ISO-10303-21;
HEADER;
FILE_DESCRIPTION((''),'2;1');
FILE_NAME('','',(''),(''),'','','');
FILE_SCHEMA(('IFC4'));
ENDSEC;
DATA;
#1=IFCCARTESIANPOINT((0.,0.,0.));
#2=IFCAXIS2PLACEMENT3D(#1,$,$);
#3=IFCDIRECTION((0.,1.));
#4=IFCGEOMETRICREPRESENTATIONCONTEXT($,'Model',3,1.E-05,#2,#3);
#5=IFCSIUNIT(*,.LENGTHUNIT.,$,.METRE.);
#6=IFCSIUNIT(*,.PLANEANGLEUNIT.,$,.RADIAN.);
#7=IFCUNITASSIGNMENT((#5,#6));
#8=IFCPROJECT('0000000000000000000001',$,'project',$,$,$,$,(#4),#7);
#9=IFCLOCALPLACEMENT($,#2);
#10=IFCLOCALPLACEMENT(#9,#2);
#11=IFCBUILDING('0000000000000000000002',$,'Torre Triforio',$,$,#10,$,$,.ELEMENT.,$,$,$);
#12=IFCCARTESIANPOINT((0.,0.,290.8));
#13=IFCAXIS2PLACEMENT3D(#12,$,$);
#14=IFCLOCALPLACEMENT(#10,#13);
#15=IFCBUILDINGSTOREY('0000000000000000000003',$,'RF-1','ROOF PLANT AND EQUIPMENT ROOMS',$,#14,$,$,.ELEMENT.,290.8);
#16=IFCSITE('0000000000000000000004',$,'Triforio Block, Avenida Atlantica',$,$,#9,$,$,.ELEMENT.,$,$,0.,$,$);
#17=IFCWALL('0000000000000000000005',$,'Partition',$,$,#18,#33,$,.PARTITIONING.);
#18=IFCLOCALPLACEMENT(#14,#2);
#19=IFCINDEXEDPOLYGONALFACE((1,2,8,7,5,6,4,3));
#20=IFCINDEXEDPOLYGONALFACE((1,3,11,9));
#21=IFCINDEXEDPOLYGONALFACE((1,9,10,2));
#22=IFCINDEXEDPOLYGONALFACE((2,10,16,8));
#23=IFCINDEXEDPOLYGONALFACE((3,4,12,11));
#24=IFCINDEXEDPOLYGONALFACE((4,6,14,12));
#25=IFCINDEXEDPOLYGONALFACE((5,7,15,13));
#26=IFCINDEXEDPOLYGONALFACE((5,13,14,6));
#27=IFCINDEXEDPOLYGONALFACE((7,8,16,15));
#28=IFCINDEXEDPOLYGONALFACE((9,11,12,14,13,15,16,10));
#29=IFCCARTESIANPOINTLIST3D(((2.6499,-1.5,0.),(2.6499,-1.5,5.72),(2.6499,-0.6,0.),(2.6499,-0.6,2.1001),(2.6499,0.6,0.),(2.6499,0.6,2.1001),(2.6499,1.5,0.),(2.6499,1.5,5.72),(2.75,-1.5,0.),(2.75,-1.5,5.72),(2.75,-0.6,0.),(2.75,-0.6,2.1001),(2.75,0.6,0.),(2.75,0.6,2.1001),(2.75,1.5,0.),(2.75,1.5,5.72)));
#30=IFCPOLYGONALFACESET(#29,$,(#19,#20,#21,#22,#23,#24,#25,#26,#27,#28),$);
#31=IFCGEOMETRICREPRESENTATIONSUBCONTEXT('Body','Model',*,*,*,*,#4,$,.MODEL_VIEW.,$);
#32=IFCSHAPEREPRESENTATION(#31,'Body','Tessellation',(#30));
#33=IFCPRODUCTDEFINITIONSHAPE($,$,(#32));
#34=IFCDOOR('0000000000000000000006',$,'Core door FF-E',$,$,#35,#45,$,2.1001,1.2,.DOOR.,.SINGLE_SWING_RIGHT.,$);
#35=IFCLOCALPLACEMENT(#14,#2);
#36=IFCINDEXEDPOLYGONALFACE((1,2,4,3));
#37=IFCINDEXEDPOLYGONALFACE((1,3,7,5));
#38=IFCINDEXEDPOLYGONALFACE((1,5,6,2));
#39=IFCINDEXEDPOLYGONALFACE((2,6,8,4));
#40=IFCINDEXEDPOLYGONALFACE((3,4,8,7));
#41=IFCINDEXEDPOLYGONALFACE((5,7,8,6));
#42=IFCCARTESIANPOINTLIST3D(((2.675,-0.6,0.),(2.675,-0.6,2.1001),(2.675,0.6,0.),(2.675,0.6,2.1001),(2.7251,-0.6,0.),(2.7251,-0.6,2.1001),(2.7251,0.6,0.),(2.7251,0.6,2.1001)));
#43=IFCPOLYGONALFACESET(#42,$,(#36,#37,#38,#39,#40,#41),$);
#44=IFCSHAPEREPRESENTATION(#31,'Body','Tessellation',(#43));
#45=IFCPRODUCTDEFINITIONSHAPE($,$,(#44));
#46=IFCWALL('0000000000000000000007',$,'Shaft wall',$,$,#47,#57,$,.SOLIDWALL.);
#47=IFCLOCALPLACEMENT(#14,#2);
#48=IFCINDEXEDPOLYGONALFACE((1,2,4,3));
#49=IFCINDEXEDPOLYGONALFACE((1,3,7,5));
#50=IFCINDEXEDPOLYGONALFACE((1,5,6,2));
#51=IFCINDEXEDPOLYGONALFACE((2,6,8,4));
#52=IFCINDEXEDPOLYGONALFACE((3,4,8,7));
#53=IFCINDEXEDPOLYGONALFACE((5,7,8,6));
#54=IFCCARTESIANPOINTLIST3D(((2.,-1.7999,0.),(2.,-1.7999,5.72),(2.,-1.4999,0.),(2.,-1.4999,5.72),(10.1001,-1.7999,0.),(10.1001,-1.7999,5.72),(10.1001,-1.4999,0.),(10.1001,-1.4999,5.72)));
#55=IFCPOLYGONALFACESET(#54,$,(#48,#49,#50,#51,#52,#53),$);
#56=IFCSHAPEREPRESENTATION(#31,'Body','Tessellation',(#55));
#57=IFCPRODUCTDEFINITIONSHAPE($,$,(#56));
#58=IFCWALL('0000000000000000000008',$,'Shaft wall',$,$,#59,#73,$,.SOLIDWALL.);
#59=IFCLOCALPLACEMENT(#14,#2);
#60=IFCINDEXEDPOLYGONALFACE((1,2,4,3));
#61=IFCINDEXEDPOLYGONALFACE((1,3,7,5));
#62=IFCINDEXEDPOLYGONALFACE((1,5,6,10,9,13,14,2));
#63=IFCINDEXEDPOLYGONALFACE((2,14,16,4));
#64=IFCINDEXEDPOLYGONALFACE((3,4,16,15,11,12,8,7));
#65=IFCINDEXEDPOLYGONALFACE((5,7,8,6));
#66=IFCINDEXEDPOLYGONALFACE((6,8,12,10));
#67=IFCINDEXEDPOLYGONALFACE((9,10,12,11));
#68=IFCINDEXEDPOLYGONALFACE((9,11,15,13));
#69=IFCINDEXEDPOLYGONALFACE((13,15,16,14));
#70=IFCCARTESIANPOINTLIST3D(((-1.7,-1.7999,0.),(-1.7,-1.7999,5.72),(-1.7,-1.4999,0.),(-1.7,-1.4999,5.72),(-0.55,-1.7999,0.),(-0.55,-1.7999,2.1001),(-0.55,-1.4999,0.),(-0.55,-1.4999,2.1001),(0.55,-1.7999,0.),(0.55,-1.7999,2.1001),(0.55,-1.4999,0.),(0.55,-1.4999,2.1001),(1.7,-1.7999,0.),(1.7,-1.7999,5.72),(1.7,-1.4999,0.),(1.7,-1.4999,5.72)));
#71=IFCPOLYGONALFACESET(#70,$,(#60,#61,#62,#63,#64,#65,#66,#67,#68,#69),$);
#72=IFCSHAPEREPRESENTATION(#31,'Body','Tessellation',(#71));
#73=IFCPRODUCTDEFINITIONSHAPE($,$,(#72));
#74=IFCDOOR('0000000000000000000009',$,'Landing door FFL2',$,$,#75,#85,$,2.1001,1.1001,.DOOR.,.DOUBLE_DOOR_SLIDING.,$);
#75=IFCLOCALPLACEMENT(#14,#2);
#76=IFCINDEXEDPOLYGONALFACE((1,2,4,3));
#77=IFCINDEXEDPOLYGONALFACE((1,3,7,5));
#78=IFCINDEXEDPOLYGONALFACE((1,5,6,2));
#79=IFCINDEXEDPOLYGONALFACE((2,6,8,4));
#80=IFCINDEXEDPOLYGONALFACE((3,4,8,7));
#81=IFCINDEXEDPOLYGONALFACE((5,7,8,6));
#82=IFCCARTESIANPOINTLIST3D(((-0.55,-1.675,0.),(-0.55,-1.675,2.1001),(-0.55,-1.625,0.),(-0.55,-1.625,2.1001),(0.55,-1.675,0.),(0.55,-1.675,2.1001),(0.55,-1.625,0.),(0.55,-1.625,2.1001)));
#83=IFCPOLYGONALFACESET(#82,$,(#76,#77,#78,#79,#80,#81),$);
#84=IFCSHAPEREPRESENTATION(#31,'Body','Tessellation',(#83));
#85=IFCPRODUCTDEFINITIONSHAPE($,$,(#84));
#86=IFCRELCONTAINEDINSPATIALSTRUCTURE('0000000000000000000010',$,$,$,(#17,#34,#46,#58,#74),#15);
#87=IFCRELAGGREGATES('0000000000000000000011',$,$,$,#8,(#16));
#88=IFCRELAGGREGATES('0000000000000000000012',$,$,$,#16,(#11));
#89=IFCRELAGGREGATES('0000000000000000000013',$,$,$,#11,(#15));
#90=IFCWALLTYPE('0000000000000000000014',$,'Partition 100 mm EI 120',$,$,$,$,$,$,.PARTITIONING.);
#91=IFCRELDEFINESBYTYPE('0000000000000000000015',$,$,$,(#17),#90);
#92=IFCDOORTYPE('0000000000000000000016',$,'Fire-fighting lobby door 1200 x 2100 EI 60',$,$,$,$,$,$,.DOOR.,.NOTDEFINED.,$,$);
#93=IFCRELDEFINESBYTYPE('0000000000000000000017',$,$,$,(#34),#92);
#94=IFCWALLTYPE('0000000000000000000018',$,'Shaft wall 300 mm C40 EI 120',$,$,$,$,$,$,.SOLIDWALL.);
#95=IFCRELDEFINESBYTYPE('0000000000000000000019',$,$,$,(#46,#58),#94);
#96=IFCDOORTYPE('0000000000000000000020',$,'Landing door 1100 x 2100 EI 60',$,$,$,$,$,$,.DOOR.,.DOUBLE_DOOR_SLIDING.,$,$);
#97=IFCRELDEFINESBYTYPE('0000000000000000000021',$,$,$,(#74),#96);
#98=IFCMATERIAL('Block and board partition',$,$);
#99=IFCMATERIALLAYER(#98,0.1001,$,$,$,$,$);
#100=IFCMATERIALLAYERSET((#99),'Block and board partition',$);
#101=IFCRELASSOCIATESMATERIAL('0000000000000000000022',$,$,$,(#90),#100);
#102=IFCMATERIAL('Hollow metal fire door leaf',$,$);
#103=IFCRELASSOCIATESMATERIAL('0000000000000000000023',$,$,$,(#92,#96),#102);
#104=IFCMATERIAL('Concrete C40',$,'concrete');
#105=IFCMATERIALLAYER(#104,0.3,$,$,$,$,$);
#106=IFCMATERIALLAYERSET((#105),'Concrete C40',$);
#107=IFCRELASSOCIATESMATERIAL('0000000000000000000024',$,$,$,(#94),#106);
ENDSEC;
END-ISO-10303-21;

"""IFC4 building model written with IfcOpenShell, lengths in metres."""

from ifc_helpers import new_model, si_unit, direction, frame, frame_2d, origin, place, context, subcontext, project, spatial, rectangle, extrude, material, layer, layer_set, type_object, element, fill, save


model = new_model("IFC4")

# Units and contexts
model_context = context("Model", 3, precision=1e-05, world=origin(), true_north=direction((0.0, 1.0)))
body_context = subcontext(model_context, "Body", "Model", "MODEL_VIEW")
ifc_project = project(units=[si_unit("LENGTHUNIT", "METRE"), si_unit("PLANEANGLEUNIT", "RADIAN")], contexts=[model_context])

# Site, building, storey
site_placement = place(None, origin())
site = spatial("IfcSite", under=ifc_project, at=site_placement, Name="Triforio Block, Avenida Atlantica", CompositionType="ELEMENT", RefElevation=0.0)
building_placement = place(site_placement, origin())
building = spatial("IfcBuilding", under=site, at=building_placement, Name="Torre Triforio", CompositionType="ELEMENT")
storey_placement = place(building_placement, frame((0.0, 0.0, 290.8)))
storey = spatial("IfcBuildingStorey", under=building, at=storey_placement, Name="RF-1", Description="ROOF PLANT AND EQUIPMENT ROOMS", CompositionType="ELEMENT", Elevation=290.8)

# Shared definitions
ifc_material_1 = material(Name="Concrete C40", Category="concrete")

# Wall, opening, door
ifc_material_2 = material(Name="Block and board partition")
ifc_layer_1 = layer(ifc_material_2, 0.1001)
ifc_layer_set_1 = layer_set([ifc_layer_1], Name="Block and board partition")
wall_type_1 = type_object("IfcWallType", Name="Partition 100 mm EI 120", PredefinedType="PARTITIONING", material=ifc_layer_set_1)
ifc_material_3 = material(Name="Hollow metal fire door leaf")
door_type_1 = type_object("IfcDoorType", Name="Fire-fighting lobby door 1200 x 2100 EI 60", OperationType="NOTDEFINED", PredefinedType="DOOR", material=ifc_material_3)
wall_1_placement = place(storey_placement, frame((2.7, -1.5, 0.0), z_axis=(0.0, 0.0, 1.0), x_axis=(0.0, 1.0, 0.0)))
wall_1 = element("IfcWall", 1, at=wall_1_placement, inside=storey, type_object=wall_type_1, Name="Partition", PredefinedType="PARTITIONING", context=body_context, shape_type="SweptSolid", body=[
    extrude(rectangle(XDim=3.0, YDim=0.1001, at=frame_2d((1.5, 0.0))), origin(), (0.0, 0.0, 1.0), 5.72),
])
opening_1_placement = place(wall_1_placement, frame((0.8999, 0.0, 0.0)))
opening_1 = element("IfcOpeningElement", 2, at=opening_1_placement, cuts=wall_1, PredefinedType="OPENING", context=body_context, shape_type="SweptSolid", body=[
    extrude(rectangle(XDim=1.2, YDim=2.1001, at=frame_2d((0.6001, 1.05))), frame((0.0, 0.0601, 0.0), z_axis=(0.0, -1.0, 0.0), x_axis=(1.0, 0.0, 0.0)), (0.0, 0.0, 1.0), 0.1201),
])
door_1_placement = place(opening_1_placement, origin())
door_1 = element("IfcDoor", 3, at=door_1_placement, inside=storey, type_object=door_type_1, Name="Core door FF-E", OperationType="SINGLE_SWING_RIGHT", OverallHeight=2.1001, OverallWidth=1.2, PredefinedType="DOOR", context=body_context, shape_type="SweptSolid", body=[
    extrude(rectangle(XDim=1.2, YDim=2.1001, at=frame_2d((0.6001, 1.05))), frame((0.0, 0.0249, 0.0), z_axis=(0.0, -1.0, 0.0), x_axis=(1.0, 0.0, 0.0)), (0.0, 0.0, 1.0), 0.05),
])
fill(opening_1, door_1)

# Wall
ifc_layer_2 = layer(ifc_material_1, 0.3)
ifc_layer_set_2 = layer_set([ifc_layer_2], Name="Concrete C40")
wall_type_2 = type_object("IfcWallType", Name="Shaft wall 300 mm C40 EI 120", PredefinedType="SOLIDWALL", material=ifc_layer_set_2)
wall_2_placement = place(storey_placement, frame((2.0, -1.6499, 0.0), z_axis=(0.0, 0.0, 1.0), x_axis=(1.0, 0.0, 0.0)))
element("IfcWall", 4, at=wall_2_placement, inside=storey, type_object=wall_type_2, Name="Shaft wall", PredefinedType="SOLIDWALL", context=body_context, shape_type="SweptSolid", body=[
    extrude(rectangle(XDim=8.1001, YDim=0.3, at=frame_2d((4.05, 0.0))), origin(), (0.0, 0.0, 1.0), 5.72),
])

# Wall, opening, door
wall_3_placement = place(storey_placement, frame((-1.7, -1.6499, 0.0), z_axis=(0.0, 0.0, 1.0), x_axis=(1.0, 0.0, 0.0)))
wall_3 = element("IfcWall", 5, at=wall_3_placement, inside=storey, type_object=wall_type_2, Name="Shaft wall", PredefinedType="SOLIDWALL", context=body_context, shape_type="SweptSolid", body=[
    extrude(rectangle(XDim=3.3999, YDim=0.3, at=frame_2d((1.7, 0.0))), origin(), (0.0, 0.0, 1.0), 5.72),
])
opening_2_placement = place(wall_3_placement, frame((1.1499, 0.0, 0.0)))
opening_2 = element("IfcOpeningElement", 6, at=opening_2_placement, cuts=wall_3, PredefinedType="OPENING", context=body_context, shape_type="SweptSolid", body=[
    extrude(rectangle(XDim=1.1001, YDim=2.1001, at=frame_2d((0.55, 1.05))), frame((0.0, 0.1599, 0.0), z_axis=(0.0, -1.0, 0.0), x_axis=(1.0, 0.0, 0.0)), (0.0, 0.0, 1.0), 0.3201),
])
door_type_2 = type_object("IfcDoorType", Name="Landing door 1100 x 2100 EI 60", OperationType="DOUBLE_DOOR_SLIDING", PredefinedType="DOOR", material=ifc_material_3)
door_2_placement = place(opening_2_placement, origin())
door_2 = element("IfcDoor", 7, at=door_2_placement, inside=storey, type_object=door_type_2, Name="Landing door FFL2", OperationType="DOUBLE_DOOR_SLIDING", OverallHeight=2.1001, OverallWidth=1.1001, PredefinedType="DOOR", context=body_context, shape_type="SweptSolid", body=[
    extrude(rectangle(XDim=1.1001, YDim=2.1001, at=frame_2d((0.55, 1.05))), frame((0.0, 0.0249, 0.0), z_axis=(0.0, -1.0, 0.0), x_axis=(1.0, 0.0, 0.0)), (0.0, 0.0, 1.0), 0.05),
])
fill(opening_2, door_2)

save(model, "model.ifc")
